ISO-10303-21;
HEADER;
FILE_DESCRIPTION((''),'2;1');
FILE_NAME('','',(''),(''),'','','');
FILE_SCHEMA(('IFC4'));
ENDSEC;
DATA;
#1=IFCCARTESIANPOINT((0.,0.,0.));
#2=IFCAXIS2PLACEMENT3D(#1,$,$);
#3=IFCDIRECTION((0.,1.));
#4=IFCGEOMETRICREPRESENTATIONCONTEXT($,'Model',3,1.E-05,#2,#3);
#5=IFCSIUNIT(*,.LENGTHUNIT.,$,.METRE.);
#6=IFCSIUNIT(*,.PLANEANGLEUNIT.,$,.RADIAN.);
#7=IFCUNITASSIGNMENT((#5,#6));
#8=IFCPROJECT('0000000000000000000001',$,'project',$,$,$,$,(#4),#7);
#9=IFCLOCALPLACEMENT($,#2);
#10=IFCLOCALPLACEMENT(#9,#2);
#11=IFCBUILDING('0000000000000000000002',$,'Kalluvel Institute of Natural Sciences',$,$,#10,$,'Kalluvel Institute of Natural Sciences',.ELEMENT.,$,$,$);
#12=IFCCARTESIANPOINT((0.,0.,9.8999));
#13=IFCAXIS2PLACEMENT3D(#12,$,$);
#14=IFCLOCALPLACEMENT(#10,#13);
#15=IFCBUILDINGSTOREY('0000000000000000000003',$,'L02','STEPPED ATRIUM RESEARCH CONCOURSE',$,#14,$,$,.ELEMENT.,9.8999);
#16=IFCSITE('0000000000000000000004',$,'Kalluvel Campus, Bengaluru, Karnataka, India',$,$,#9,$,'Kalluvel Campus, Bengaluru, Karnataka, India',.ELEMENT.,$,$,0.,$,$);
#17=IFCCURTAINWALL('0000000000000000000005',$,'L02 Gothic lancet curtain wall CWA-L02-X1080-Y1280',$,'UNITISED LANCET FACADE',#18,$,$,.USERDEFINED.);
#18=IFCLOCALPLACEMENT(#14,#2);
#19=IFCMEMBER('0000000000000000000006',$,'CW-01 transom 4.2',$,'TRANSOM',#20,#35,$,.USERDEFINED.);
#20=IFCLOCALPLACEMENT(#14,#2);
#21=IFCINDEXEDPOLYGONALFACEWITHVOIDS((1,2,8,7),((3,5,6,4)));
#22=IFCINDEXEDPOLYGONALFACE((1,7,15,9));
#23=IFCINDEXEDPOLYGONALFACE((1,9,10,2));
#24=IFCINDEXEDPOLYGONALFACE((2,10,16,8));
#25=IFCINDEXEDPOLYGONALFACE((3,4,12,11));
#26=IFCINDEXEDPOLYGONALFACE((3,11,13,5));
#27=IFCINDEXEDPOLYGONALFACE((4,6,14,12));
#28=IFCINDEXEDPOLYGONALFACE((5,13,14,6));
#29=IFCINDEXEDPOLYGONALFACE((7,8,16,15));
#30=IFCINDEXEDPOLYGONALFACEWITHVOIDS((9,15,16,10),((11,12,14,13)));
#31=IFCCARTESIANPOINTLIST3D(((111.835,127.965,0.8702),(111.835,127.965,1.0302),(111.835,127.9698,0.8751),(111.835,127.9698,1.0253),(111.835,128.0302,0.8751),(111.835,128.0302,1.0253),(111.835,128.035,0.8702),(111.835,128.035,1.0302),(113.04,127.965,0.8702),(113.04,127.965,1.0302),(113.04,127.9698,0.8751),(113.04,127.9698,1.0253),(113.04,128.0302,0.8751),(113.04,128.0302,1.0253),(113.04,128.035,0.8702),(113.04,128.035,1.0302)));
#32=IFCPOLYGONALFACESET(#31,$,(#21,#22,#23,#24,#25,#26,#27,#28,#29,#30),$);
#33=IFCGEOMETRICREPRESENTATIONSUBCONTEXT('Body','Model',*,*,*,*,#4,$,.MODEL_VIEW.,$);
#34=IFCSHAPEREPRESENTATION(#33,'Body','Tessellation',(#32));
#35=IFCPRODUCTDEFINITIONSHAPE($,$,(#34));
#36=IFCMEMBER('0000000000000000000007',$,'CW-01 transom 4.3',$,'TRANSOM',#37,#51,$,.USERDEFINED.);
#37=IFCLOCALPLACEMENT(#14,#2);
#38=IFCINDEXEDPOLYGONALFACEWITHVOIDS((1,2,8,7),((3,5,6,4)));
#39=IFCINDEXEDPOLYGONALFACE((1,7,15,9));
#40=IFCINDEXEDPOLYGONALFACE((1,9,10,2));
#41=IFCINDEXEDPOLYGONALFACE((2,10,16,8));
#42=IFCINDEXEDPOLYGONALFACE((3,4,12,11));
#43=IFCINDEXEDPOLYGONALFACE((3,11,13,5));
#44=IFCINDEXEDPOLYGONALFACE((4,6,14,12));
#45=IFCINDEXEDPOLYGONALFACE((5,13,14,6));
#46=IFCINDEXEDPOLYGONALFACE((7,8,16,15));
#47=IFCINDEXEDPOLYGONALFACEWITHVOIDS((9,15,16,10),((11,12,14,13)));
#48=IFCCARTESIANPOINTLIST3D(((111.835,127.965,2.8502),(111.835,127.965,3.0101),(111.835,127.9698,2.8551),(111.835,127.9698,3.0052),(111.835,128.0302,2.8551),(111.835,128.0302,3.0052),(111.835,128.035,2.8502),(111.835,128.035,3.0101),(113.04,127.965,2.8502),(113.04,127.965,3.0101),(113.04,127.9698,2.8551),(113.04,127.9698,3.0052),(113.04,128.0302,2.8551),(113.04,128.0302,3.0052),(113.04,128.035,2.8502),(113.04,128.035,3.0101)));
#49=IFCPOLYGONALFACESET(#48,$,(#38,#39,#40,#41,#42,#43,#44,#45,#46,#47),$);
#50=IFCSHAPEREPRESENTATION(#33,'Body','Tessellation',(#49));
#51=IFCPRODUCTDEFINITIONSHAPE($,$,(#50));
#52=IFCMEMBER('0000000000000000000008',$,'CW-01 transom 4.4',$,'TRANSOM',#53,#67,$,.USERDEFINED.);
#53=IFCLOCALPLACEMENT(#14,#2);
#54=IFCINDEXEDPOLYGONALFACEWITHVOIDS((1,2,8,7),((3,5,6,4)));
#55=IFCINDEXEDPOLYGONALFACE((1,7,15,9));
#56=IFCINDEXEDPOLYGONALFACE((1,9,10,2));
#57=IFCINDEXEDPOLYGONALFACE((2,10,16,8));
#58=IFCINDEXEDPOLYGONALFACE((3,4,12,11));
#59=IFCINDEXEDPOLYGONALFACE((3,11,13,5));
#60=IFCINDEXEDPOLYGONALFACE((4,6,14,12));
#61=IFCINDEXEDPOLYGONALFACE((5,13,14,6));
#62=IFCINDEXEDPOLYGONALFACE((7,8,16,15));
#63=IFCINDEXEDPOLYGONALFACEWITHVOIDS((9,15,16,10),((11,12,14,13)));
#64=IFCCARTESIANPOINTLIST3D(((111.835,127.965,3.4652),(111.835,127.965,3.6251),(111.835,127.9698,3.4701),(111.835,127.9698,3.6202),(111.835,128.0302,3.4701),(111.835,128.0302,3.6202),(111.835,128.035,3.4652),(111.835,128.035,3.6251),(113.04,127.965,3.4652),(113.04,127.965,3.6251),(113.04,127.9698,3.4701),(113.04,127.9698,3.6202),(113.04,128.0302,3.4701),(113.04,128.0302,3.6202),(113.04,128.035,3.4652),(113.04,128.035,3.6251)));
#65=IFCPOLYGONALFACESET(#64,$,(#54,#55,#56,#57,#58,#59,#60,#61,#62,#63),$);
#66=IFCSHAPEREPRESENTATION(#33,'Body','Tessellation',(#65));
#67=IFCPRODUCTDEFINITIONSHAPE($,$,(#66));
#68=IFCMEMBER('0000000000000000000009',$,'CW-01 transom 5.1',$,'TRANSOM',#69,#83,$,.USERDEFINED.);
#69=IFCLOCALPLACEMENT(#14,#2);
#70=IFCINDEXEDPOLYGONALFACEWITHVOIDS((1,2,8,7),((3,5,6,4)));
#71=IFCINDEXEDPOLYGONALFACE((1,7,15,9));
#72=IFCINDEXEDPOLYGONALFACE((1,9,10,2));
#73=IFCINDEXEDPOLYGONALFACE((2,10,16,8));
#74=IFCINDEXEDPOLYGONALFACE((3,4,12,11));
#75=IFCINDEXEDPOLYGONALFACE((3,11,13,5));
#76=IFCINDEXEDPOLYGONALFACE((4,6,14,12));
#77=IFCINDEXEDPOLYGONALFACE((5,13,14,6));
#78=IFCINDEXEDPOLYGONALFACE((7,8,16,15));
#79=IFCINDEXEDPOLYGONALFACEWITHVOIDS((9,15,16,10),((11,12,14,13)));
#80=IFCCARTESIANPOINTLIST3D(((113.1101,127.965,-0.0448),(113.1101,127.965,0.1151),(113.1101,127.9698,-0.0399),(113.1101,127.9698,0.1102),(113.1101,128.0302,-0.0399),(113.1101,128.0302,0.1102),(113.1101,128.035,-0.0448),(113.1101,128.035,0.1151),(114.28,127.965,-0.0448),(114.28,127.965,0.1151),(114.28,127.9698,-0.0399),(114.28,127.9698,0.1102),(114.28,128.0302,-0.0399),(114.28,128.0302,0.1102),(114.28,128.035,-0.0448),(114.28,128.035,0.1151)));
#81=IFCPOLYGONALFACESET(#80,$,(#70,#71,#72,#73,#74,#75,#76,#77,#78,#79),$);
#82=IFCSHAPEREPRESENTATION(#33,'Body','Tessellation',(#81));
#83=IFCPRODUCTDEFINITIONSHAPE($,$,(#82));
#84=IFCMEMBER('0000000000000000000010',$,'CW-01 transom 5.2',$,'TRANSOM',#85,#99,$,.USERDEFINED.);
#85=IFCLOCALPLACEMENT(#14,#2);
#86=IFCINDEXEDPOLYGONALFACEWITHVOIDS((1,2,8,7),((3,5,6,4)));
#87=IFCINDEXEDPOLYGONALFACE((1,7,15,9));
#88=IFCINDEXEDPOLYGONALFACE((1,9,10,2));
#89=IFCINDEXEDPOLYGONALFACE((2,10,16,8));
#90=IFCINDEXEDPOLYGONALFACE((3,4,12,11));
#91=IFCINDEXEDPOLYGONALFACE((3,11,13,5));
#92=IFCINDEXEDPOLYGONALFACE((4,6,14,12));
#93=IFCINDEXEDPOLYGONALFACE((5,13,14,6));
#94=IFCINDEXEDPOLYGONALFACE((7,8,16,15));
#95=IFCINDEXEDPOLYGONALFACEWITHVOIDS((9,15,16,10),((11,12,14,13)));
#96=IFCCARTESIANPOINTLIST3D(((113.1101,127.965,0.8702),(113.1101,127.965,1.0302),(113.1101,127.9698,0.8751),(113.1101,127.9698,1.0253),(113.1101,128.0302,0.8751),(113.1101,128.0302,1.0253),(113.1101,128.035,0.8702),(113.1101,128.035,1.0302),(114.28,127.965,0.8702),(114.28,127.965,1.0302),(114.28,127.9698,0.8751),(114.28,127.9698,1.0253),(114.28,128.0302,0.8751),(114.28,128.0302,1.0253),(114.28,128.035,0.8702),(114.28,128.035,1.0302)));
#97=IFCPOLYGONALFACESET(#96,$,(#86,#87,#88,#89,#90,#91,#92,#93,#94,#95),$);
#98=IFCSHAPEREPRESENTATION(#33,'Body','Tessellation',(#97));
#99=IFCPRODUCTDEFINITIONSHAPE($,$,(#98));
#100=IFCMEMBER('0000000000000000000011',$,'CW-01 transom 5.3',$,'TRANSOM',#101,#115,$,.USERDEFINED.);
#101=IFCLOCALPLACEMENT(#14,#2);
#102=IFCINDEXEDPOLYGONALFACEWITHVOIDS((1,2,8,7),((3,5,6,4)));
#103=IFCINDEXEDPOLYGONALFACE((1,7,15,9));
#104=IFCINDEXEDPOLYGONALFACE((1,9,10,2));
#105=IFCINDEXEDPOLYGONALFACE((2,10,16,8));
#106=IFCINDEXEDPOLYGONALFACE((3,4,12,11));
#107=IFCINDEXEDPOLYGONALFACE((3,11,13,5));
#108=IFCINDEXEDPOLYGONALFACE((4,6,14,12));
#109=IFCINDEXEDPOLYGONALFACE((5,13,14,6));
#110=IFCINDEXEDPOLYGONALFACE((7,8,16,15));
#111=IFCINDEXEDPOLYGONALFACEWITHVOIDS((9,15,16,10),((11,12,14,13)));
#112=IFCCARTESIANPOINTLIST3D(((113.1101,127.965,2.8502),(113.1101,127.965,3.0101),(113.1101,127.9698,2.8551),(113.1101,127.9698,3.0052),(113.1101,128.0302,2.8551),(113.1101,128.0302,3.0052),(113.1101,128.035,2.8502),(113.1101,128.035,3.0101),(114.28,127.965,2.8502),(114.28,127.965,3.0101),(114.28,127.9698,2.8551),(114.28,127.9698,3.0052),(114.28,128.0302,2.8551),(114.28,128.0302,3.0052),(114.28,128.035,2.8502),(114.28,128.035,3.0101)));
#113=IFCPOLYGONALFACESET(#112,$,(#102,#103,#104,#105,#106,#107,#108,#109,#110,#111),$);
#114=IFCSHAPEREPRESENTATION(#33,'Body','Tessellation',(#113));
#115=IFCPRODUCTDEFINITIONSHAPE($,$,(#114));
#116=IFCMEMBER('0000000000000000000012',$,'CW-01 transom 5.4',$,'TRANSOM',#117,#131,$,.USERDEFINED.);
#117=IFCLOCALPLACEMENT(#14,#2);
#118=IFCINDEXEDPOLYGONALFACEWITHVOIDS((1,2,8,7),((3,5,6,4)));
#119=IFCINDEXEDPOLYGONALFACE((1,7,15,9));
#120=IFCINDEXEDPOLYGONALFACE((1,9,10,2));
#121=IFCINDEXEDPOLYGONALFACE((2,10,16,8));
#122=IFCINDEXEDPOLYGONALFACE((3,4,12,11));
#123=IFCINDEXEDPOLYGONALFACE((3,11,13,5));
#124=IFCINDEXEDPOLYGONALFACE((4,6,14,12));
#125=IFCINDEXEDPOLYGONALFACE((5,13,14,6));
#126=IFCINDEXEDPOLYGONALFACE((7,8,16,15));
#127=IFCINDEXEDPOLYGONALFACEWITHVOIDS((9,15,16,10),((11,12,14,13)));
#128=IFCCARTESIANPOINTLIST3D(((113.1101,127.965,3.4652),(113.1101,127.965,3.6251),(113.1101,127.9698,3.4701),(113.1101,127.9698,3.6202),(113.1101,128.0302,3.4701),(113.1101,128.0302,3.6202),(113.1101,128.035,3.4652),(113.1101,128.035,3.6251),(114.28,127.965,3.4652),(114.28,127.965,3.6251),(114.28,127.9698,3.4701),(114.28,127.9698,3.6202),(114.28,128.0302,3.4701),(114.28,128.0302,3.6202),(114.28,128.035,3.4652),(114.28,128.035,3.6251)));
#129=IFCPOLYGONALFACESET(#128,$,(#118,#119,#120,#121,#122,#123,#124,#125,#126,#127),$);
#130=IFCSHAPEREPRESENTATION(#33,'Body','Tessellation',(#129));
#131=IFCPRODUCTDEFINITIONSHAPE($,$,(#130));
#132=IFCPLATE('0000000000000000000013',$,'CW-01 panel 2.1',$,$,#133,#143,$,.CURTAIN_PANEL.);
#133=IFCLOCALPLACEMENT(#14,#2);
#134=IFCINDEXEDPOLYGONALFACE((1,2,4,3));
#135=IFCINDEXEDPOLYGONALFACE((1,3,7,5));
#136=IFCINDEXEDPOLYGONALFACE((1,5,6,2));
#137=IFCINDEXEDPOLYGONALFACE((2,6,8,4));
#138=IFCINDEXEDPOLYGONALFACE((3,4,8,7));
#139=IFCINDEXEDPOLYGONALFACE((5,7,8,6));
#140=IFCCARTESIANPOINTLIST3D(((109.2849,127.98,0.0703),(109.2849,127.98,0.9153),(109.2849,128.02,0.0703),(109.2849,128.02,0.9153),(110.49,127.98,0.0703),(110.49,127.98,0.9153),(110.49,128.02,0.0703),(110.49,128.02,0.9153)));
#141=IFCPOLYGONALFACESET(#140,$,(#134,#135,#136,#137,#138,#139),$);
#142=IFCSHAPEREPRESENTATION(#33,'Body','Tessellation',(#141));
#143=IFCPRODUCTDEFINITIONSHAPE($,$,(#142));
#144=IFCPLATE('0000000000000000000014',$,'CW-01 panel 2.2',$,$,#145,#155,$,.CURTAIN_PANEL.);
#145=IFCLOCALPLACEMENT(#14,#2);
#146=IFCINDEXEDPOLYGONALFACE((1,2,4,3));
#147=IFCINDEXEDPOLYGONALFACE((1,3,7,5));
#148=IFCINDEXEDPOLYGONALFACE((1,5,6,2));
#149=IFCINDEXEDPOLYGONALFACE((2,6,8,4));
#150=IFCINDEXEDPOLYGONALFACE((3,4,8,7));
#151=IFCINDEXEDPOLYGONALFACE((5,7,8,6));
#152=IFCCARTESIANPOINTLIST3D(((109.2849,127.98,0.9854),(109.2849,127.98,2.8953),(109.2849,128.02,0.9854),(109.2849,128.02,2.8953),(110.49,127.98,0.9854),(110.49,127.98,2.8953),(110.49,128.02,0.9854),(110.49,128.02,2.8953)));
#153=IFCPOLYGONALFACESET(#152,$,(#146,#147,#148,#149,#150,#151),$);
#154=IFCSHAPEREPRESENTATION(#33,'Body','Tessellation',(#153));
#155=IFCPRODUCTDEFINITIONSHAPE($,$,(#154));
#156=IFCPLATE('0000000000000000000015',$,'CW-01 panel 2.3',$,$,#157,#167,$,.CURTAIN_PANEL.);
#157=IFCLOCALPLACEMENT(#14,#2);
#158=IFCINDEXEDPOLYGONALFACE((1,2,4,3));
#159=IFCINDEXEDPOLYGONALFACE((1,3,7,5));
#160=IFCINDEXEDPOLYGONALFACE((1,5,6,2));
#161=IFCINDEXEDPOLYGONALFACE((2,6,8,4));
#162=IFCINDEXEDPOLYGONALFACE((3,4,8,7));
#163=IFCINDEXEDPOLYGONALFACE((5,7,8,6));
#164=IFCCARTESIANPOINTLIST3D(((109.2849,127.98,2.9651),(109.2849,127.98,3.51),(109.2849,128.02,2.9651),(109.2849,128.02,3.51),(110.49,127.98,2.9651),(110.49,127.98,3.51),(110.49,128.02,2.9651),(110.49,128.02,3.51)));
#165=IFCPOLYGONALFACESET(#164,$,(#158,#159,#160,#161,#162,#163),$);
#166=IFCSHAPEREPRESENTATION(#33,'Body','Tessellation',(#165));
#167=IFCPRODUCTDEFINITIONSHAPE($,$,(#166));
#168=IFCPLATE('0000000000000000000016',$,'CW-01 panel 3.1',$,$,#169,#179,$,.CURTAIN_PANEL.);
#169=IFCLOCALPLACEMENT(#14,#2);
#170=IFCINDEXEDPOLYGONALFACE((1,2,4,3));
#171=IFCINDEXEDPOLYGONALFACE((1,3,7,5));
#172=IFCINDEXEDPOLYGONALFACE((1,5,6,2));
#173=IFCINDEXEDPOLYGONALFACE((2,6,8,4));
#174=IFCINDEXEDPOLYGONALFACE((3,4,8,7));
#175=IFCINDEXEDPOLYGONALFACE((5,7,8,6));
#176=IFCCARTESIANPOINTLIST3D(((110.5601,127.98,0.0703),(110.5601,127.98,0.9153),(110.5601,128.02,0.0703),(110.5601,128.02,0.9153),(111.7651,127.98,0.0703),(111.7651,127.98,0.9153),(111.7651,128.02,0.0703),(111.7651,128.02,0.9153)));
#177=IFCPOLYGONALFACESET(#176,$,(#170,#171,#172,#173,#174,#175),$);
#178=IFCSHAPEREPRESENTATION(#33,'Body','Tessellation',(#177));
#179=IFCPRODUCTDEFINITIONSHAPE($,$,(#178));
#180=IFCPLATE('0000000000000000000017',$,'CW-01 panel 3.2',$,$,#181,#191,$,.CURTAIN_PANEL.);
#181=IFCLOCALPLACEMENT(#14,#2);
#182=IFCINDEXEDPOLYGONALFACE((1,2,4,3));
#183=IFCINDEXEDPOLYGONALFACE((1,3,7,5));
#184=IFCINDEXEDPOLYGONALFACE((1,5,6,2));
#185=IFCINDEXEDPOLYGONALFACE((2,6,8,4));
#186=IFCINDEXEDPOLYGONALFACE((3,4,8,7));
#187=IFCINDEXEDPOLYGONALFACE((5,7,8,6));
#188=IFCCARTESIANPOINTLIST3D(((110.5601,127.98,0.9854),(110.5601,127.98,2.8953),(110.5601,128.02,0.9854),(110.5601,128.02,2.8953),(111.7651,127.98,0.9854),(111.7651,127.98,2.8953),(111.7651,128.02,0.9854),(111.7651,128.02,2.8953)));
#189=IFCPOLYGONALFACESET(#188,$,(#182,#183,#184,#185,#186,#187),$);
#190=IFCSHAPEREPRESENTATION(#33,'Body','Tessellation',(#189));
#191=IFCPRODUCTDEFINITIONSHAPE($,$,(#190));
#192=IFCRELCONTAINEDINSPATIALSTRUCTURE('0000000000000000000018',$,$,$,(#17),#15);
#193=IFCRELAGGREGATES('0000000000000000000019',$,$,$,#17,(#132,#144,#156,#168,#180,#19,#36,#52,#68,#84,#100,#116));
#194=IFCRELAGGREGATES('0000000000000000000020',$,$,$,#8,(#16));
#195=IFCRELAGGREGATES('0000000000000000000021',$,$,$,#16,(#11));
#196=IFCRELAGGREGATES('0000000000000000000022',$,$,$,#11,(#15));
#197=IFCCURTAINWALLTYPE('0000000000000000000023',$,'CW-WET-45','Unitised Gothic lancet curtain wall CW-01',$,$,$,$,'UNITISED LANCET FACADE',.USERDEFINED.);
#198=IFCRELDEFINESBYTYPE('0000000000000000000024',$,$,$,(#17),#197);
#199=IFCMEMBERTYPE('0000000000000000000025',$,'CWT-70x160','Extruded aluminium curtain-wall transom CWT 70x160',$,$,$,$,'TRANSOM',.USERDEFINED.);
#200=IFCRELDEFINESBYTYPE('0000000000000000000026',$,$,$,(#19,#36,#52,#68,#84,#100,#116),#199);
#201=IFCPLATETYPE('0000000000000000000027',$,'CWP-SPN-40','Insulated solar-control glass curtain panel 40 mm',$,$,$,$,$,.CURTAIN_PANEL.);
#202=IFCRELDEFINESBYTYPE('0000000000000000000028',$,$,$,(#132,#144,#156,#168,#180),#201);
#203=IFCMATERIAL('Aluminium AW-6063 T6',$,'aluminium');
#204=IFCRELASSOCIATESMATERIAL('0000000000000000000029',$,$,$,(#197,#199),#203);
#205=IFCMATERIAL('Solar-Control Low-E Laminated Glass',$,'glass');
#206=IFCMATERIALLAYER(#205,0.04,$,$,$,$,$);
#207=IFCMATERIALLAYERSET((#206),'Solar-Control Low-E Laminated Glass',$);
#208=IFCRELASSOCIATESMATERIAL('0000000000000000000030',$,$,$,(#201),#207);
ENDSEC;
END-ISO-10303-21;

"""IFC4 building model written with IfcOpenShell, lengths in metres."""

from ifc_helpers import new_model, si_unit, direction, frame, origin, origin_2d, place, context, subcontext, project, spatial, rectangle, hollow_rectangle, extrude, material, layer, layer_set, material_profile, profile_set, type_object, element, aggregate, save


model = new_model("IFC4")

# Units and contexts
model_context = context("Model", 3, precision=1e-05, world=origin(), true_north=direction((0.0, 1.0)))
body_context = subcontext(model_context, "Body", "Model", "MODEL_VIEW")
ifc_project = project(units=[si_unit("LENGTHUNIT", "METRE"), si_unit("PLANEANGLEUNIT", "RADIAN")], contexts=[model_context])

# Site, building, storey
site_placement = place(None, origin())
site = spatial("IfcSite", under=ifc_project, at=site_placement, Name="Kalluvel Campus, Bengaluru, Karnataka, India", LongName="Kalluvel Campus, Bengaluru, Karnataka, India", CompositionType="ELEMENT", RefElevation=0.0)
building_placement = place(site_placement, origin())
building = spatial("IfcBuilding", under=site, at=building_placement, Name="Kalluvel Institute of Natural Sciences", LongName="Kalluvel Institute of Natural Sciences", CompositionType="ELEMENT")
storey_placement = place(building_placement, frame((0.0, 0.0, 9.8999)))
storey = spatial("IfcBuildingStorey", under=building, at=storey_placement, Name="L02", Description="STEPPED ATRIUM RESEARCH CONCOURSE", CompositionType="ELEMENT", Elevation=9.8999)

# Curtain wall, members, plates
ifc_material_1 = material(Name="Aluminium AW-6063 T6", Category="aluminium")
curtain_wall_type = type_object("IfcCurtainWallType", Name="CW-WET-45", Description="Unitised Gothic lancet curtain wall CW-01", ElementType="UNITISED LANCET FACADE", PredefinedType="USERDEFINED", material=ifc_material_1)
curtain_wall_placement = place(storey_placement, origin())
curtain_wall = element("IfcCurtainWall", 1, at=curtain_wall_placement, inside=storey, type_object=curtain_wall_type, Name="L02 Gothic lancet curtain wall CWA-L02-X1080-Y1280", ObjectType="UNITISED LANCET FACADE", PredefinedType="USERDEFINED")
ifc_material_profile_1 = material_profile(ifc_material_1, hollow_rectangle(XDim=0.0701, YDim=0.1599, WallThickness=0.0049, at=origin_2d()), Name="CWT 70x160")
ifc_profile_set_1 = profile_set([ifc_material_profile_1], Name="Aluminium AW-6063 T6")
member_type_1 = type_object("IfcMemberType", Name="CWT-70x160", Description="Extruded aluminium curtain-wall transom CWT 70x160", ElementType="TRANSOM", PredefinedType="USERDEFINED", material=ifc_profile_set_1)
member_1_placement = place(storey_placement, frame((111.835, 128.0, 0.9502), z_axis=(1.0, 0.0, 0.0), x_axis=(0.0, 1.0, 0.0)))
member_1 = element("IfcMember", 2, at=member_1_placement, type_object=member_type_1, Name="CW-01 transom 4.2", ObjectType="TRANSOM", PredefinedType="USERDEFINED", context=body_context, shape_type="SweptSolid", body=[
    extrude(hollow_rectangle(XDim=0.0701, YDim=0.1599, WallThickness=0.0049, at=origin_2d()), origin(), (0.0, 0.0, 1.0), 1.2051),
])
member_2_placement = place(storey_placement, frame((111.835, 128.0, 2.9302), z_axis=(1.0, 0.0, 0.0), x_axis=(0.0, 1.0, 0.0)))
member_2 = element("IfcMember", 3, at=member_2_placement, type_object=member_type_1, Name="CW-01 transom 4.3", ObjectType="TRANSOM", PredefinedType="USERDEFINED", context=body_context, shape_type="SweptSolid", body=[
    extrude(hollow_rectangle(XDim=0.0701, YDim=0.1599, WallThickness=0.0049, at=origin_2d()), origin(), (0.0, 0.0, 1.0), 1.2051),
])
member_3_placement = place(storey_placement, frame((111.835, 128.0, 3.5452), z_axis=(1.0, 0.0, 0.0), x_axis=(0.0, 1.0, 0.0)))
member_3 = element("IfcMember", 4, at=member_3_placement, type_object=member_type_1, Name="CW-01 transom 4.4", ObjectType="TRANSOM", PredefinedType="USERDEFINED", context=body_context, shape_type="SweptSolid", body=[
    extrude(hollow_rectangle(XDim=0.0701, YDim=0.1599, WallThickness=0.0049, at=origin_2d()), origin(), (0.0, 0.0, 1.0), 1.2051),
])
member_4_placement = place(storey_placement, frame((113.1101, 128.0, 0.0352), z_axis=(1.0, 0.0, 0.0), x_axis=(0.0, 1.0, 0.0)))
member_4 = element("IfcMember", 5, at=member_4_placement, type_object=member_type_1, Name="CW-01 transom 5.1", ObjectType="TRANSOM", PredefinedType="USERDEFINED", context=body_context, shape_type="SweptSolid", body=[
    extrude(hollow_rectangle(XDim=0.0701, YDim=0.1599, WallThickness=0.0049, at=origin_2d()), origin(), (0.0, 0.0, 1.0), 1.1699),
])
member_5_placement = place(storey_placement, frame((113.1101, 128.0, 0.9502), z_axis=(1.0, 0.0, 0.0), x_axis=(0.0, 1.0, 0.0)))
member_5 = element("IfcMember", 6, at=member_5_placement, type_object=member_type_1, Name="CW-01 transom 5.2", ObjectType="TRANSOM", PredefinedType="USERDEFINED", context=body_context, shape_type="SweptSolid", body=[
    extrude(hollow_rectangle(XDim=0.0701, YDim=0.1599, WallThickness=0.0049, at=origin_2d()), origin(), (0.0, 0.0, 1.0), 1.1699),
])
member_6_placement = place(storey_placement, frame((113.1101, 128.0, 2.9302), z_axis=(1.0, 0.0, 0.0), x_axis=(0.0, 1.0, 0.0)))
member_6 = element("IfcMember", 7, at=member_6_placement, type_object=member_type_1, Name="CW-01 transom 5.3", ObjectType="TRANSOM", PredefinedType="USERDEFINED", context=body_context, shape_type="SweptSolid", body=[
    extrude(hollow_rectangle(XDim=0.0701, YDim=0.1599, WallThickness=0.0049, at=origin_2d()), origin(), (0.0, 0.0, 1.0), 1.1699),
])
member_7_placement = place(storey_placement, frame((113.1101, 128.0, 3.5452), z_axis=(1.0, 0.0, 0.0), x_axis=(0.0, 1.0, 0.0)))
member_7 = element("IfcMember", 8, at=member_7_placement, type_object=member_type_1, Name="CW-01 transom 5.4", ObjectType="TRANSOM", PredefinedType="USERDEFINED", context=body_context, shape_type="SweptSolid", body=[
    extrude(hollow_rectangle(XDim=0.0701, YDim=0.1599, WallThickness=0.0049, at=origin_2d()), origin(), (0.0, 0.0, 1.0), 1.1699),
])
ifc_material_2 = material(Name="Solar-Control Low-E Laminated Glass", Category="glass")
ifc_layer = layer(ifc_material_2, 0.04)
ifc_layer_set = layer_set([ifc_layer], Name="Solar-Control Low-E Laminated Glass")
plate_type = type_object("IfcPlateType", Name="CWP-SPN-40", Description="Insulated solar-control glass curtain panel 40 mm", PredefinedType="CURTAIN_PANEL", material=ifc_layer_set)
plate_1_placement = place(storey_placement, frame((109.8875, 128.0, 0.0703), z_axis=(0.0, 0.0, 1.0), x_axis=(1.0, 0.0, 0.0)))
plate_1 = element("IfcPlate", 9, at=plate_1_placement, type_object=plate_type, Name="CW-01 panel 2.1", PredefinedType="CURTAIN_PANEL", context=body_context, shape_type="SweptSolid", body=[
    extrude(rectangle(XDim=1.2051, YDim=0.04, at=origin_2d()), origin(), (0.0, 0.0, 1.0), 0.845),
])
plate_2_placement = place(storey_placement, frame((109.8875, 128.0, 0.9854), z_axis=(0.0, 0.0, 1.0), x_axis=(1.0, 0.0, 0.0)))
plate_2 = element("IfcPlate", 10, at=plate_2_placement, type_object=plate_type, Name="CW-01 panel 2.2", PredefinedType="CURTAIN_PANEL", context=body_context, shape_type="SweptSolid", body=[
    extrude(rectangle(XDim=1.2051, YDim=0.04, at=origin_2d()), origin(), (0.0, 0.0, 1.0), 1.9099),
])
plate_3_placement = place(storey_placement, frame((109.8875, 128.0, 2.9651), z_axis=(0.0, 0.0, 1.0), x_axis=(1.0, 0.0, 0.0)))
plate_3 = element("IfcPlate", 11, at=plate_3_placement, type_object=plate_type, Name="CW-01 panel 2.3", PredefinedType="CURTAIN_PANEL", context=body_context, shape_type="SweptSolid", body=[
    extrude(rectangle(XDim=1.2051, YDim=0.04, at=origin_2d()), origin(), (0.0, 0.0, 1.0), 0.5449),
])
plate_4_placement = place(storey_placement, frame((111.1626, 128.0, 0.0703), z_axis=(0.0, 0.0, 1.0), x_axis=(1.0, 0.0, 0.0)))
plate_4 = element("IfcPlate", 12, at=plate_4_placement, type_object=plate_type, Name="CW-01 panel 3.1", PredefinedType="CURTAIN_PANEL", context=body_context, shape_type="SweptSolid", body=[
    extrude(rectangle(XDim=1.2051, YDim=0.04, at=origin_2d()), origin(), (0.0, 0.0, 1.0), 0.845),
])
plate_5_placement = place(storey_placement, frame((111.1626, 128.0, 0.9854), z_axis=(0.0, 0.0, 1.0), x_axis=(1.0, 0.0, 0.0)))
plate_5 = element("IfcPlate", 13, at=plate_5_placement, type_object=plate_type, Name="CW-01 panel 3.2", PredefinedType="CURTAIN_PANEL", context=body_context, shape_type="SweptSolid", body=[
    extrude(rectangle(XDim=1.2051, YDim=0.04, at=origin_2d()), origin(), (0.0, 0.0, 1.0), 1.9099),
])
aggregate(curtain_wall, [plate_1, plate_2, plate_3, plate_4, plate_5, member_1, member_2, member_3, member_4, member_5, member_6, member_7])

save(model, "model.ifc")
